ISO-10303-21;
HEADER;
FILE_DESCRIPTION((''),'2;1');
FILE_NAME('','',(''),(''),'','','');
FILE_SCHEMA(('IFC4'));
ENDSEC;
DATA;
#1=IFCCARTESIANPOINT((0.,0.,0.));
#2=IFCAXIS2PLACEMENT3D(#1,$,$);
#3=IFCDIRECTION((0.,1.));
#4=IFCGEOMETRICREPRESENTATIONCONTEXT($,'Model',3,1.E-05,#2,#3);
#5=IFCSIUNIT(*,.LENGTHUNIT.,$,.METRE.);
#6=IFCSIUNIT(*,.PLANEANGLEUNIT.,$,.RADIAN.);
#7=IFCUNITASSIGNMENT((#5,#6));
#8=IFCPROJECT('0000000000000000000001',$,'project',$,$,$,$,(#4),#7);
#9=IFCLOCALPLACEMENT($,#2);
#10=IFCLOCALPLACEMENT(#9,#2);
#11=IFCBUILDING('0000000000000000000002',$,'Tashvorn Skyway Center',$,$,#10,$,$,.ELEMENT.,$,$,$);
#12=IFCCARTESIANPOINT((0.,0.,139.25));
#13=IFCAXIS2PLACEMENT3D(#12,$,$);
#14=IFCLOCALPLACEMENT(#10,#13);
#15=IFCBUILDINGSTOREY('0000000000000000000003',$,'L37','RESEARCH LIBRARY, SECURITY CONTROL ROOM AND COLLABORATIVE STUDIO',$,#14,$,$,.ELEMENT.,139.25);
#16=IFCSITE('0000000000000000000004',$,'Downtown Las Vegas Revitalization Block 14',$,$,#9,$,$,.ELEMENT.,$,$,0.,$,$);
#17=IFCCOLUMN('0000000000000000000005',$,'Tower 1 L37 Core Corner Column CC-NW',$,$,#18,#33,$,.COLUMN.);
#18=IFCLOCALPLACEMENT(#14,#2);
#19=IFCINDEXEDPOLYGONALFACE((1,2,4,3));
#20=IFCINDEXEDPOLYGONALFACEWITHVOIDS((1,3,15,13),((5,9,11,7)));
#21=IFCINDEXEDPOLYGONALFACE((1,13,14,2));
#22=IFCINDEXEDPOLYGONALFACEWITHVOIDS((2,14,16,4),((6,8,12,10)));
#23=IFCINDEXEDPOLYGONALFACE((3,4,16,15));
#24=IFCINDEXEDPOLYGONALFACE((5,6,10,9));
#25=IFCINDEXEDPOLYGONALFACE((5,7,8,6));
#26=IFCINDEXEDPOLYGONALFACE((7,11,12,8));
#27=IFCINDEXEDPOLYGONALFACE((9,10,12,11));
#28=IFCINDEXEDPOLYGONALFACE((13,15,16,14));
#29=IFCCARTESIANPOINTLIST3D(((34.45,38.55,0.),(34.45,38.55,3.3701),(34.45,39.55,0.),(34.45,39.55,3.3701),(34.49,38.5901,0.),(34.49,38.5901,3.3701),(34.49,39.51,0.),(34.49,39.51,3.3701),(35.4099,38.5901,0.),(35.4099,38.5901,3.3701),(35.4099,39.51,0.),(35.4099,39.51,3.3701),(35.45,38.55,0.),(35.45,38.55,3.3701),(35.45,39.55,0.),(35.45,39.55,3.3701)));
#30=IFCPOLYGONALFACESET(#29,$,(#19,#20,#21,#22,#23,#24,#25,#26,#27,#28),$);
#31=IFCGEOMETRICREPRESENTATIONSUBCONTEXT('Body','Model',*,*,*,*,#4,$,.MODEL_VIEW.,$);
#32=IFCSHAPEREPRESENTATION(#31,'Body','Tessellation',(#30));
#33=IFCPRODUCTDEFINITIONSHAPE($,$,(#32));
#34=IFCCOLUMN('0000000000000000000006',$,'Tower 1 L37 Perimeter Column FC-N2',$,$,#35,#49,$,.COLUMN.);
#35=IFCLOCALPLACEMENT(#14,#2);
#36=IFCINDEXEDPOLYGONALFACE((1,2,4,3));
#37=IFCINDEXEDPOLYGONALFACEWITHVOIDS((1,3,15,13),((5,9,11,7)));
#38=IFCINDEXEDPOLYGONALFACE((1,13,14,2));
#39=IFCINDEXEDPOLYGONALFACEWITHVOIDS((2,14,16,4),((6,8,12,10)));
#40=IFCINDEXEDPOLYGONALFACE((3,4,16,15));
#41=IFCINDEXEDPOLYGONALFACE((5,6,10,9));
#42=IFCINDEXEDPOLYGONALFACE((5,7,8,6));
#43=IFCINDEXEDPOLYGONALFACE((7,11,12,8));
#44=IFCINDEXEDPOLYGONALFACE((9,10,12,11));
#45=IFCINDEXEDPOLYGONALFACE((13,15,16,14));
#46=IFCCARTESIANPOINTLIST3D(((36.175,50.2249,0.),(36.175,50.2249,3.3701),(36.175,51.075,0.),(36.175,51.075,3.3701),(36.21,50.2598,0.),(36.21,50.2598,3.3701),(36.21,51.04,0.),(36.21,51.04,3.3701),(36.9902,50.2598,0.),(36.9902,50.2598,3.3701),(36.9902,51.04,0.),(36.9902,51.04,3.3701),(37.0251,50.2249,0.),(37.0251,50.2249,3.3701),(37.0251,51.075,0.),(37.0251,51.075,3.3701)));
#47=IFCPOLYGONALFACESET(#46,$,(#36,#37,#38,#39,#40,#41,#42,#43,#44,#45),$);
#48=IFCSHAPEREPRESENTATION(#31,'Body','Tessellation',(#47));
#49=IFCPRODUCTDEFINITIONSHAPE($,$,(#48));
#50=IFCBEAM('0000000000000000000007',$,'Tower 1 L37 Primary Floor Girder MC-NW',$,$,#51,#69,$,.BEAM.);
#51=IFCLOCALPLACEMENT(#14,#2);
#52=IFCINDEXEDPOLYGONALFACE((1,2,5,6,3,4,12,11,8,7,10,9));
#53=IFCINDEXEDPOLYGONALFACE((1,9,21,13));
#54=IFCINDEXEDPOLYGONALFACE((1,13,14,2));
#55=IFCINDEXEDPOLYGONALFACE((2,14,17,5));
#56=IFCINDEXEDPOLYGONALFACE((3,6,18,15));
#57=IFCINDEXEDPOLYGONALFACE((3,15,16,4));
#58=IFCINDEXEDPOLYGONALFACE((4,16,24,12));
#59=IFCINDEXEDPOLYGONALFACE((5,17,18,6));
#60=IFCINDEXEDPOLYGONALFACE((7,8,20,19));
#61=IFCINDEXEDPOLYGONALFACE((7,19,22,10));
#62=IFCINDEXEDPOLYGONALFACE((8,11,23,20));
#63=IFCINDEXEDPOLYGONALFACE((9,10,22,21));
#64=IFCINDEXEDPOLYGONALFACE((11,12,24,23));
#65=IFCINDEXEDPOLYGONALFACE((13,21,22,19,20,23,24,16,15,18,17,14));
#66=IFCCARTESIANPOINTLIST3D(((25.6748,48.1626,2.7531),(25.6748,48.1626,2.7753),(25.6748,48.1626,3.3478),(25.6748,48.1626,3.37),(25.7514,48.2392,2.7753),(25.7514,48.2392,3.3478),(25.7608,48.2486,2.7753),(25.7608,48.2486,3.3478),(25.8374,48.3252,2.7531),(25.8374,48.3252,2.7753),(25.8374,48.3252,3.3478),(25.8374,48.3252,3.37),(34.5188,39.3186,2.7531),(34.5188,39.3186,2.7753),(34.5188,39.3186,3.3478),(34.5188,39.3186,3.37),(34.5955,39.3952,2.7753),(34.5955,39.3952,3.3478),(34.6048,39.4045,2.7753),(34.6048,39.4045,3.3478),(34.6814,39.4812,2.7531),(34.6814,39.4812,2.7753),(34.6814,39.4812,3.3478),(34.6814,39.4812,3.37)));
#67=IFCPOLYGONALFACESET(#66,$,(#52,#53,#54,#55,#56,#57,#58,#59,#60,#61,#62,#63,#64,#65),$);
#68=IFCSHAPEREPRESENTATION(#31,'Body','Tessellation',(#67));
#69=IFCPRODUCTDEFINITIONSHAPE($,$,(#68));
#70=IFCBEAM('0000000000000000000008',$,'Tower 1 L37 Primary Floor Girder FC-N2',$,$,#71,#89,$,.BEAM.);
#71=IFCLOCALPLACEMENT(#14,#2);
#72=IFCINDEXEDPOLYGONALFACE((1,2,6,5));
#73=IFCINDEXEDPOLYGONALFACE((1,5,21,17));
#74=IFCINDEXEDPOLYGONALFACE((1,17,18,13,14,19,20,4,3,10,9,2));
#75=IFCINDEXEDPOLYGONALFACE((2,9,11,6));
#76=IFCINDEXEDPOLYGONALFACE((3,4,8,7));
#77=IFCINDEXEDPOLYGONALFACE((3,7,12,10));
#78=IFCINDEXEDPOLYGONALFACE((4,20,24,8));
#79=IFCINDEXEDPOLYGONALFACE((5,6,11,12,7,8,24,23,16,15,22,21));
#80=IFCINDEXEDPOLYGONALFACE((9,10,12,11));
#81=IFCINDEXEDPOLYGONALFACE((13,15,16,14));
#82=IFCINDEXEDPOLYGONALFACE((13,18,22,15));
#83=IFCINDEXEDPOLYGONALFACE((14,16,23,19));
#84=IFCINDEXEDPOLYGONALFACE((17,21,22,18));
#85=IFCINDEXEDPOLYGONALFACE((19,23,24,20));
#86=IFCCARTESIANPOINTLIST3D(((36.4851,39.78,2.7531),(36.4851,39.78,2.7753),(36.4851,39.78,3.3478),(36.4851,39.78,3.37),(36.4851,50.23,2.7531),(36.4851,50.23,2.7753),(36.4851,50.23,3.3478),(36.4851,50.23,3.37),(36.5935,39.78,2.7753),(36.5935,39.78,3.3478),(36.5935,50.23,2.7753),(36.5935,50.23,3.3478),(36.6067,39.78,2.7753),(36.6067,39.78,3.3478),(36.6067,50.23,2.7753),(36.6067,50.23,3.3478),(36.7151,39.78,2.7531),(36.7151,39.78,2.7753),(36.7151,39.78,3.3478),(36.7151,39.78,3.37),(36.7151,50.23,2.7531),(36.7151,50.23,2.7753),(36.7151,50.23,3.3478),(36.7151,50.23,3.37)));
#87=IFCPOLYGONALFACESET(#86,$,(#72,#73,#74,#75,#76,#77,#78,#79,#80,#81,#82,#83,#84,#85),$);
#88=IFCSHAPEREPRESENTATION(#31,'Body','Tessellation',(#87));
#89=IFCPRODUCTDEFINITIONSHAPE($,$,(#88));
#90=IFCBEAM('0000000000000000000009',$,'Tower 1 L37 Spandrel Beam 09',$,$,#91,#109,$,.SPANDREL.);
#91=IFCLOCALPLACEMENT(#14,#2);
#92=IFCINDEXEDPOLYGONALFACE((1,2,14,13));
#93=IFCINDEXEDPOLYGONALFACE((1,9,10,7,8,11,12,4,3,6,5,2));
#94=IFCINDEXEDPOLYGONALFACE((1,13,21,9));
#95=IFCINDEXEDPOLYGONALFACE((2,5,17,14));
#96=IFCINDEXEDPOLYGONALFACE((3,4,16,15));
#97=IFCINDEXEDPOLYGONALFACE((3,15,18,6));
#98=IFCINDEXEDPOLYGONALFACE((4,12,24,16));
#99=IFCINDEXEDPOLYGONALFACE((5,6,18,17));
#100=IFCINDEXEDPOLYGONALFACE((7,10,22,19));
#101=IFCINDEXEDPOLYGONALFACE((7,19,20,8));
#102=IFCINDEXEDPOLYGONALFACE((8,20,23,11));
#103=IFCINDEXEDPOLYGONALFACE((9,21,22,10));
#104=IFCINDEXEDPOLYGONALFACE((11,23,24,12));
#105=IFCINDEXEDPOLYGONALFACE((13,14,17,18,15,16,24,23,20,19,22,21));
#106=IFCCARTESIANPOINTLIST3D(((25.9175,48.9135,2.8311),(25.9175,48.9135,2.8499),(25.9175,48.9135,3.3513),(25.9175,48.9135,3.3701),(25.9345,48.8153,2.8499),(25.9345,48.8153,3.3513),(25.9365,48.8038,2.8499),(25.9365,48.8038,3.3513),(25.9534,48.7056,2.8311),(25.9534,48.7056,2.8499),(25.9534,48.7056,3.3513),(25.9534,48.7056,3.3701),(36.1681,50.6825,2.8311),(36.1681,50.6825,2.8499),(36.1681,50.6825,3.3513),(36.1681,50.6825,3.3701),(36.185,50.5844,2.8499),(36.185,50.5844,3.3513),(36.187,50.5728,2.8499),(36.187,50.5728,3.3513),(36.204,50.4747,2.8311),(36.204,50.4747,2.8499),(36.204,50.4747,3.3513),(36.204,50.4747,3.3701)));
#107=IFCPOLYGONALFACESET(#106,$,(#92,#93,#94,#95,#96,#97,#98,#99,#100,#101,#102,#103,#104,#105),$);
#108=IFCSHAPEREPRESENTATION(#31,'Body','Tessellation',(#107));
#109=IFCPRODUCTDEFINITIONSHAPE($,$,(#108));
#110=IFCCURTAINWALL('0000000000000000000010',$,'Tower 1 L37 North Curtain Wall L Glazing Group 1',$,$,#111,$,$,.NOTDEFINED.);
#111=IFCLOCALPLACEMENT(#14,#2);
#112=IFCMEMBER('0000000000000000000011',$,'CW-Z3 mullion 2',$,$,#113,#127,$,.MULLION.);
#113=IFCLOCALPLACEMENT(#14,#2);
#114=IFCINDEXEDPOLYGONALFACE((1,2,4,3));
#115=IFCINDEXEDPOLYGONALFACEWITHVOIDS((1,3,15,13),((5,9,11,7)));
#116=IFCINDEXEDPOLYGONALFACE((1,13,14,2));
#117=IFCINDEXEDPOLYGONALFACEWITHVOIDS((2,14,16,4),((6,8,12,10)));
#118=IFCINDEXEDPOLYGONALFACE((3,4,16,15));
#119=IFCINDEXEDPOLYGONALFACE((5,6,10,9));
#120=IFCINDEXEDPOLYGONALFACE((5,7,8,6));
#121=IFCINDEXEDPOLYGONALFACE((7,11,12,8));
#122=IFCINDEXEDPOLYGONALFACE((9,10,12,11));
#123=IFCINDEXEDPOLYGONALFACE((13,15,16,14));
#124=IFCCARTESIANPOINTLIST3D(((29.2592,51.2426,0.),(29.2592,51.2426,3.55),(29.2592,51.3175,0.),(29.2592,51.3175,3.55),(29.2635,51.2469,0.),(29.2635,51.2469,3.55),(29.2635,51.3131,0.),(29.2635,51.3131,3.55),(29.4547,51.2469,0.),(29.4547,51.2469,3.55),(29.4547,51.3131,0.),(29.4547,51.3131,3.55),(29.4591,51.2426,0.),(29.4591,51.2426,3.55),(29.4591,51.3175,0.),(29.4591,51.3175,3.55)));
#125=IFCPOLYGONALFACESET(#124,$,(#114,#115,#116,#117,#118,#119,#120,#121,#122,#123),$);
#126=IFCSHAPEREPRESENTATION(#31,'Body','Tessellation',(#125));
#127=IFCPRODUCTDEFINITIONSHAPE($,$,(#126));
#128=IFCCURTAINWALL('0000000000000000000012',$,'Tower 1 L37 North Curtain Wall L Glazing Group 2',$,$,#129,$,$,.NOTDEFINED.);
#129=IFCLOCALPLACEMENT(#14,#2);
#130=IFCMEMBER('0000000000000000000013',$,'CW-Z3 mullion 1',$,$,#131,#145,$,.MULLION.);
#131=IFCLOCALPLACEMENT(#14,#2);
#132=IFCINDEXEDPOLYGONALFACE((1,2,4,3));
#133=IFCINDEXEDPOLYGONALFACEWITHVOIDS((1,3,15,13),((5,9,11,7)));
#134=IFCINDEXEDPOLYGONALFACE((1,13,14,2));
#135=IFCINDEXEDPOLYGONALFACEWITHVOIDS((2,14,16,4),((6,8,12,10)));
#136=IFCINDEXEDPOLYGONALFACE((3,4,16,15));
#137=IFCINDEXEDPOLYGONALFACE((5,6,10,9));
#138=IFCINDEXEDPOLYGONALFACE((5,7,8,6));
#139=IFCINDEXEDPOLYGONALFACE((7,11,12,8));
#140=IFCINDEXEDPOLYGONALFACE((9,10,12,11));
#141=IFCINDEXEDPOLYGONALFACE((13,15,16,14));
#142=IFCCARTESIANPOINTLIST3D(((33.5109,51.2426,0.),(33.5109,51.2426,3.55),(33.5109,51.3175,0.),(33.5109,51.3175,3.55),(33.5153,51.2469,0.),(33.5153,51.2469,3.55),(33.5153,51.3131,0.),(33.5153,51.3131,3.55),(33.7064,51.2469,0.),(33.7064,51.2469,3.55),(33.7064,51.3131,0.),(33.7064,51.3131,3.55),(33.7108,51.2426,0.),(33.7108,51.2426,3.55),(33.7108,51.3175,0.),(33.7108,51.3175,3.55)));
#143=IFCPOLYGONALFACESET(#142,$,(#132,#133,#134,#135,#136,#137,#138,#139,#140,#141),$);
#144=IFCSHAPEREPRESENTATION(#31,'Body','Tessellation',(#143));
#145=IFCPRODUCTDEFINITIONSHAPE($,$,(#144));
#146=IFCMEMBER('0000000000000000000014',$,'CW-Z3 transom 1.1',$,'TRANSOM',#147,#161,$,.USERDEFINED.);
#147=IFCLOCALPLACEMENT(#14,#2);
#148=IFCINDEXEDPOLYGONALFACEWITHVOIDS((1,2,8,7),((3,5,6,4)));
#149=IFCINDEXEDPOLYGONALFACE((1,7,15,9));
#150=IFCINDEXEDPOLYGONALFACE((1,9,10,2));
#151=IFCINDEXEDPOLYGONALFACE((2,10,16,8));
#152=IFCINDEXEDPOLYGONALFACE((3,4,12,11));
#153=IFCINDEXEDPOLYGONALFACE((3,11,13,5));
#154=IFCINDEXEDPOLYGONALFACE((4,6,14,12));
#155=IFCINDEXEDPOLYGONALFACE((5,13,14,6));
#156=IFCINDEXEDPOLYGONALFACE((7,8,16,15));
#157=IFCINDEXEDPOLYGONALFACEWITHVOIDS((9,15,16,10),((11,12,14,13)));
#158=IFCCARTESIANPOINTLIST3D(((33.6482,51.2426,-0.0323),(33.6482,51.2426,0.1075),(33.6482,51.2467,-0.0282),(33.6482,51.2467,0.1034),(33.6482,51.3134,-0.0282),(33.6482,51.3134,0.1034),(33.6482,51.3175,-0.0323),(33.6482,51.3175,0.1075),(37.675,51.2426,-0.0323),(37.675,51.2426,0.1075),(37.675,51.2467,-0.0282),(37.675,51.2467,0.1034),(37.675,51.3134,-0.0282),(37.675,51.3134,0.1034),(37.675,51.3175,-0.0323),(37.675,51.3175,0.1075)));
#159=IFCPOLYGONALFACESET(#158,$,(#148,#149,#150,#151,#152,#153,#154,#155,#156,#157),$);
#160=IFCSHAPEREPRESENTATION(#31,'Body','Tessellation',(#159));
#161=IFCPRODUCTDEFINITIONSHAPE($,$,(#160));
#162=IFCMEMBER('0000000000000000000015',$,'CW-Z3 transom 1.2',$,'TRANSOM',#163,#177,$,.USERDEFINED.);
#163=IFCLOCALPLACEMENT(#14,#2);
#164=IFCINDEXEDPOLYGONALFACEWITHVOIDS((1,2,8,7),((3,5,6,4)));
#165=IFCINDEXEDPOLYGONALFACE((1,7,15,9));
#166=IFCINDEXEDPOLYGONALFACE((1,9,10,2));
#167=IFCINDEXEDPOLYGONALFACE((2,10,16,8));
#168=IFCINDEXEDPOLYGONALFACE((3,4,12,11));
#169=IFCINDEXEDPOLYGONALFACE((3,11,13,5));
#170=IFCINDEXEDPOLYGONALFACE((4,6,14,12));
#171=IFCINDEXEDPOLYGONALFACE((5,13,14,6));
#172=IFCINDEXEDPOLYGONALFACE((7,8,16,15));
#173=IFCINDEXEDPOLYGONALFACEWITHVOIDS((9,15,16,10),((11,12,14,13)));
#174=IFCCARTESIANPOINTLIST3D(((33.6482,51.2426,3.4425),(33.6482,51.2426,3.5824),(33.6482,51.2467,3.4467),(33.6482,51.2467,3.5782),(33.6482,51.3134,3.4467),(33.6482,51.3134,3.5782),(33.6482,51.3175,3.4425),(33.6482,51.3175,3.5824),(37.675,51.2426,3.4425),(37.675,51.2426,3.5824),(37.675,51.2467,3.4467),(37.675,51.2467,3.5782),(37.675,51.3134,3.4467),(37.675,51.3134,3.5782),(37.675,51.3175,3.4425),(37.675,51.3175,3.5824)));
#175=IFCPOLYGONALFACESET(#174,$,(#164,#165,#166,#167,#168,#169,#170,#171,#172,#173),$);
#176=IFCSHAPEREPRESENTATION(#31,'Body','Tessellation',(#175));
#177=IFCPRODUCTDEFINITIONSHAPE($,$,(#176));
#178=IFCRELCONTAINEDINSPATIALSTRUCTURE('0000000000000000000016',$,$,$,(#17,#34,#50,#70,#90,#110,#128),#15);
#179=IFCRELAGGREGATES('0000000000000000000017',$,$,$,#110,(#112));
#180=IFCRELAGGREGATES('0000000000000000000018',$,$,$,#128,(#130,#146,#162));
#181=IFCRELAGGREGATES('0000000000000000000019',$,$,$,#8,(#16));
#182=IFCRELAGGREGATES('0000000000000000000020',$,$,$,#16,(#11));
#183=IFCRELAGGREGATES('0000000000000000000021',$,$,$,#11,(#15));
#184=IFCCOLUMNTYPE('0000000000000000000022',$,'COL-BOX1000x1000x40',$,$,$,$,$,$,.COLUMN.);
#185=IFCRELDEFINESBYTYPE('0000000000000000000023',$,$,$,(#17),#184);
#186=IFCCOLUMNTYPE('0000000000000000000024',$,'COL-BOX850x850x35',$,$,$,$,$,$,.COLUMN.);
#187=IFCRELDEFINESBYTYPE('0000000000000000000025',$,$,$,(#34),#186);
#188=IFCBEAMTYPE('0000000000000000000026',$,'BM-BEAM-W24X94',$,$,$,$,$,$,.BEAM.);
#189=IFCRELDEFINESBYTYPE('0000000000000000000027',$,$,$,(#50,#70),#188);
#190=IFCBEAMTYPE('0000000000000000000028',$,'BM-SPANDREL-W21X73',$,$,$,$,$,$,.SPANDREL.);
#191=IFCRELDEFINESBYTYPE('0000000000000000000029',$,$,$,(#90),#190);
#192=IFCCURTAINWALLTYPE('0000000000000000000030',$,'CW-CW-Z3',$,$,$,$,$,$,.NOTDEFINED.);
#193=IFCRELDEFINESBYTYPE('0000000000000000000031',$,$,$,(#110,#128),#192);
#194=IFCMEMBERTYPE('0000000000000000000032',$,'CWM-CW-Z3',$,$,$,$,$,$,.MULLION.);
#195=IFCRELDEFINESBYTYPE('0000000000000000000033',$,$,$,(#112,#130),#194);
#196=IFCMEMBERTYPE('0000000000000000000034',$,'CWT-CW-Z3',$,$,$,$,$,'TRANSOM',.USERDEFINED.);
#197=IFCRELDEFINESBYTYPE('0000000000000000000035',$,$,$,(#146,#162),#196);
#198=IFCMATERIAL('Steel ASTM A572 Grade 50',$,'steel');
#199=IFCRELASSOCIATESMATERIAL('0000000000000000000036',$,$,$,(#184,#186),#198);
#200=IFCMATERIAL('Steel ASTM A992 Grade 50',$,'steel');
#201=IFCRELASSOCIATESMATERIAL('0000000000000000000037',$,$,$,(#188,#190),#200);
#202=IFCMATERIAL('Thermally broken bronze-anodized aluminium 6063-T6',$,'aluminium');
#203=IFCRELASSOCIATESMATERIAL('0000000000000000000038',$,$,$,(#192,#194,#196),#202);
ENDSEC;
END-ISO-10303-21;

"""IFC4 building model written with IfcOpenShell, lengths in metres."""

from ifc_helpers import new_model, si_unit, direction, frame, origin, origin_2d, place, context, subcontext, project, spatial, hollow_rectangle, i_section, extrude, material, material_profile, profile_set, type_object, element, aggregate, save


model = new_model("IFC4")

# Units and contexts
model_context = context("Model", 3, precision=1e-05, world=origin(), true_north=direction((0.0, 1.0)))
body_context = subcontext(model_context, "Body", "Model", "MODEL_VIEW")
ifc_project = project(units=[si_unit("LENGTHUNIT", "METRE"), si_unit("PLANEANGLEUNIT", "RADIAN")], contexts=[model_context])

# Site, building, storey
site_placement = place(None, origin())
site = spatial("IfcSite", under=ifc_project, at=site_placement, Name="Downtown Las Vegas Revitalization Block 14", CompositionType="ELEMENT", RefElevation=0.0)
building_placement = place(site_placement, origin())
building = spatial("IfcBuilding", under=site, at=building_placement, Name="Tashvorn Skyway Center", CompositionType="ELEMENT")
storey_placement = place(building_placement, frame((0.0, 0.0, 139.25)))
storey = spatial("IfcBuildingStorey", under=building, at=storey_placement, Name="L37", Description="RESEARCH LIBRARY, SECURITY CONTROL ROOM AND COLLABORATIVE STUDIO", CompositionType="ELEMENT", Elevation=139.25)

# Columns
ifc_material_1 = material(Name="Steel ASTM A572 Grade 50", Category="steel")
ifc_material_profile_1 = material_profile(ifc_material_1, hollow_rectangle(XDim=1.0, YDim=1.0, WallThickness=0.04, at=origin_2d()), Name="BOX1000x1000x40")
ifc_profile_set_1 = profile_set([ifc_material_profile_1], Name="Steel ASTM A572 Grade 50")
column_type_1 = type_object("IfcColumnType", Name="COL-BOX1000x1000x40", PredefinedType="COLUMN", material=ifc_profile_set_1)
column_1_placement = place(storey_placement, frame((34.95, 39.05, 0.0), z_axis=(0.0, 0.0, 1.0), x_axis=(1.0, 0.0, 0.0)))
element("IfcColumn", 1, at=column_1_placement, inside=storey, type_object=column_type_1, Name="Tower 1 L37 Core Corner Column CC-NW", PredefinedType="COLUMN", context=body_context, shape_type="SweptSolid", body=[
    extrude(hollow_rectangle(XDim=1.0, YDim=1.0, WallThickness=0.04, at=origin_2d()), origin(), (0.0, 0.0, 1.0), 3.3701),
])
ifc_material_profile_2 = material_profile(ifc_material_1, hollow_rectangle(XDim=0.8501, YDim=0.8501, WallThickness=0.0349, at=origin_2d()), Name="BOX850x850x35")
ifc_profile_set_2 = profile_set([ifc_material_profile_2], Name="Steel ASTM A572 Grade 50")
column_type_2 = type_object("IfcColumnType", Name="COL-BOX850x850x35", PredefinedType="COLUMN", material=ifc_profile_set_2)
column_2_placement = place(storey_placement, frame((36.6001, 50.6499, 0.0), z_axis=(0.0, 0.0, 1.0), x_axis=(1.0, 0.0, 0.0)))
element("IfcColumn", 2, at=column_2_placement, inside=storey, type_object=column_type_2, Name="Tower 1 L37 Perimeter Column FC-N2", PredefinedType="COLUMN", context=body_context, shape_type="SweptSolid", body=[
    extrude(hollow_rectangle(XDim=0.8501, YDim=0.8501, WallThickness=0.0349, at=origin_2d()), origin(), (0.0, 0.0, 1.0), 3.3701),
])

# Beams
ifc_material_2 = material(Name="Steel ASTM A992 Grade 50", Category="steel")
ifc_material_profile_3 = material_profile(ifc_material_2, i_section(OverallWidth=0.23, OverallDepth=0.6169, WebThickness=0.0132, FlangeThickness=0.0222, at=origin_2d()), Name="W24X94")
ifc_profile_set_3 = profile_set([ifc_material_profile_3], Name="Steel ASTM A992 Grade 50")
beam_type_1 = type_object("IfcBeamType", Name="BM-BEAM-W24X94", PredefinedType="BEAM", material=ifc_profile_set_3)
beam_1_placement = place(storey_placement, frame((25.7561, 48.2439, 3.0615), z_axis=(0.707107, -0.707107, 0.0), x_axis=(0.707107, 0.707107, 0.0)))
element("IfcBeam", 3, at=beam_1_placement, inside=storey, type_object=beam_type_1, Name="Tower 1 L37 Primary Floor Girder MC-NW", PredefinedType="BEAM", context=body_context, shape_type="SweptSolid", body=[
    extrude(i_section(OverallWidth=0.23, OverallDepth=0.6169, WebThickness=0.0132, FlangeThickness=0.0222, at=origin_2d()), origin(), (0.0, 0.0, 1.0), 12.5073),
])
beam_2_placement = place(storey_placement, frame((36.6001, 50.23, 3.0615), z_axis=(0.0, -1.0, 0.0), x_axis=(1.0, 0.0, 0.0)))
element("IfcBeam", 4, at=beam_2_placement, inside=storey, type_object=beam_type_1, Name="Tower 1 L37 Primary Floor Girder FC-N2", PredefinedType="BEAM", context=body_context, shape_type="SweptSolid", body=[
    extrude(i_section(OverallWidth=0.23, OverallDepth=0.6169, WebThickness=0.0132, FlangeThickness=0.0222, at=origin_2d()), origin(), (0.0, 0.0, 1.0), 10.45),
])
ifc_material_profile_4 = material_profile(ifc_material_2, i_section(OverallWidth=0.2109, OverallDepth=0.5391, WebThickness=0.0117, FlangeThickness=0.0188, at=origin_2d()), Name="W21X73")
ifc_profile_set_4 = profile_set([ifc_material_profile_4], Name="Steel ASTM A992 Grade 50")
beam_type_2 = type_object("IfcBeamType", Name="BM-SPANDREL-W21X73", PredefinedType="SPANDREL", material=ifc_profile_set_4)
beam_3_placement = place(storey_placement, frame((36.186, 50.5786, 3.1006), z_axis=(-0.985432, -0.170067, 0.0), x_axis=(0.170067, -0.985432, 0.0)))
element("IfcBeam", 5, at=beam_3_placement, inside=storey, type_object=beam_type_2, Name="Tower 1 L37 Spandrel Beam 09", PredefinedType="SPANDREL", context=body_context, shape_type="SweptSolid", body=[
    extrude(i_section(OverallWidth=0.2109, OverallDepth=0.5391, WebThickness=0.0117, FlangeThickness=0.0188, at=origin_2d()), origin(), (0.0, 0.0, 1.0), 10.4021),
])

# Curtain wall, member
ifc_material_3 = material(Name="Thermally broken bronze-anodized aluminium 6063-T6", Category="aluminium")
curtain_wall_type = type_object("IfcCurtainWallType", Name="CW-CW-Z3", PredefinedType="NOTDEFINED", material=ifc_material_3)
curtain_wall_1_placement = place(storey_placement, origin())
curtain_wall_1 = element("IfcCurtainWall", 6, at=curtain_wall_1_placement, inside=storey, type_object=curtain_wall_type, Name="Tower 1 L37 North Curtain Wall L Glazing Group 1", PredefinedType="NOTDEFINED")
ifc_material_profile_5 = material_profile(ifc_material_3, hollow_rectangle(XDim=0.075, YDim=0.2, WallThickness=0.0044, at=origin_2d()), Name="ALU-MULL-75x200")
ifc_profile_set_5 = profile_set([ifc_material_profile_5], Name="Thermally broken bronze-anodized aluminium 6063-T6")
member_type_1 = type_object("IfcMemberType", Name="CWM-CW-Z3", PredefinedType="MULLION", material=ifc_profile_set_5)
member_1_placement = place(storey_placement, frame((29.3591, 51.28, 0.0), z_axis=(0.0, 0.0, 1.0), x_axis=(0.0, 1.0, 0.0)))
member_1 = element("IfcMember", 7, at=member_1_placement, type_object=member_type_1, Name="CW-Z3 mullion 2", PredefinedType="MULLION", context=body_context, shape_type="SweptSolid", body=[
    extrude(hollow_rectangle(XDim=0.075, YDim=0.2, WallThickness=0.0044, at=origin_2d()), origin(), (0.0, 0.0, 1.0), 3.55),
])

# Curtain wall, members
curtain_wall_2_placement = place(storey_placement, origin())
curtain_wall_2 = element("IfcCurtainWall", 8, at=curtain_wall_2_placement, inside=storey, type_object=curtain_wall_type, Name="Tower 1 L37 North Curtain Wall L Glazing Group 2", PredefinedType="NOTDEFINED")
member_2_placement = place(storey_placement, frame((33.6108, 51.28, 0.0), z_axis=(0.0, 0.0, 1.0), x_axis=(0.0, 1.0, 0.0)))
member_2 = element("IfcMember", 9, at=member_2_placement, type_object=member_type_1, Name="CW-Z3 mullion 1", PredefinedType="MULLION", context=body_context, shape_type="SweptSolid", body=[
    extrude(hollow_rectangle(XDim=0.075, YDim=0.2, WallThickness=0.0044, at=origin_2d()), origin(), (0.0, 0.0, 1.0), 3.55),
])
ifc_material_profile_6 = material_profile(ifc_material_3, hollow_rectangle(XDim=0.075, YDim=0.1399, WallThickness=0.0042, at=origin_2d()), Name="ALU-TRAN-75x140")
ifc_profile_set_6 = profile_set([ifc_material_profile_6], Name="Thermally broken bronze-anodized aluminium 6063-T6")
member_type_2 = type_object("IfcMemberType", Name="CWT-CW-Z3", ElementType="TRANSOM", PredefinedType="USERDEFINED", material=ifc_profile_set_6)
member_3_placement = place(storey_placement, frame((33.6482, 51.28, 0.0376), z_axis=(1.0, 0.0, 0.0), x_axis=(0.0, 1.0, 0.0)))
member_3 = element("IfcMember", 10, at=member_3_placement, type_object=member_type_2, Name="CW-Z3 transom 1.1", ObjectType="TRANSOM", PredefinedType="USERDEFINED", context=body_context, shape_type="SweptSolid", body=[
    extrude(hollow_rectangle(XDim=0.075, YDim=0.1399, WallThickness=0.0042, at=origin_2d()), origin(), (0.0, 0.0, 1.0), 4.0269),
])
member_4_placement = place(storey_placement, frame((33.6482, 51.28, 3.5125), z_axis=(1.0, 0.0, 0.0), x_axis=(0.0, 1.0, 0.0)))
member_4 = element("IfcMember", 11, at=member_4_placement, type_object=member_type_2, Name="CW-Z3 transom 1.2", ObjectType="TRANSOM", PredefinedType="USERDEFINED", context=body_context, shape_type="SweptSolid", body=[
    extrude(hollow_rectangle(XDim=0.075, YDim=0.1399, WallThickness=0.0042, at=origin_2d()), origin(), (0.0, 0.0, 1.0), 4.0269),
])

aggregate(curtain_wall_1, [member_1])
aggregate(curtain_wall_2, [member_2, member_3, member_4])

save(model, "model.ifc")
